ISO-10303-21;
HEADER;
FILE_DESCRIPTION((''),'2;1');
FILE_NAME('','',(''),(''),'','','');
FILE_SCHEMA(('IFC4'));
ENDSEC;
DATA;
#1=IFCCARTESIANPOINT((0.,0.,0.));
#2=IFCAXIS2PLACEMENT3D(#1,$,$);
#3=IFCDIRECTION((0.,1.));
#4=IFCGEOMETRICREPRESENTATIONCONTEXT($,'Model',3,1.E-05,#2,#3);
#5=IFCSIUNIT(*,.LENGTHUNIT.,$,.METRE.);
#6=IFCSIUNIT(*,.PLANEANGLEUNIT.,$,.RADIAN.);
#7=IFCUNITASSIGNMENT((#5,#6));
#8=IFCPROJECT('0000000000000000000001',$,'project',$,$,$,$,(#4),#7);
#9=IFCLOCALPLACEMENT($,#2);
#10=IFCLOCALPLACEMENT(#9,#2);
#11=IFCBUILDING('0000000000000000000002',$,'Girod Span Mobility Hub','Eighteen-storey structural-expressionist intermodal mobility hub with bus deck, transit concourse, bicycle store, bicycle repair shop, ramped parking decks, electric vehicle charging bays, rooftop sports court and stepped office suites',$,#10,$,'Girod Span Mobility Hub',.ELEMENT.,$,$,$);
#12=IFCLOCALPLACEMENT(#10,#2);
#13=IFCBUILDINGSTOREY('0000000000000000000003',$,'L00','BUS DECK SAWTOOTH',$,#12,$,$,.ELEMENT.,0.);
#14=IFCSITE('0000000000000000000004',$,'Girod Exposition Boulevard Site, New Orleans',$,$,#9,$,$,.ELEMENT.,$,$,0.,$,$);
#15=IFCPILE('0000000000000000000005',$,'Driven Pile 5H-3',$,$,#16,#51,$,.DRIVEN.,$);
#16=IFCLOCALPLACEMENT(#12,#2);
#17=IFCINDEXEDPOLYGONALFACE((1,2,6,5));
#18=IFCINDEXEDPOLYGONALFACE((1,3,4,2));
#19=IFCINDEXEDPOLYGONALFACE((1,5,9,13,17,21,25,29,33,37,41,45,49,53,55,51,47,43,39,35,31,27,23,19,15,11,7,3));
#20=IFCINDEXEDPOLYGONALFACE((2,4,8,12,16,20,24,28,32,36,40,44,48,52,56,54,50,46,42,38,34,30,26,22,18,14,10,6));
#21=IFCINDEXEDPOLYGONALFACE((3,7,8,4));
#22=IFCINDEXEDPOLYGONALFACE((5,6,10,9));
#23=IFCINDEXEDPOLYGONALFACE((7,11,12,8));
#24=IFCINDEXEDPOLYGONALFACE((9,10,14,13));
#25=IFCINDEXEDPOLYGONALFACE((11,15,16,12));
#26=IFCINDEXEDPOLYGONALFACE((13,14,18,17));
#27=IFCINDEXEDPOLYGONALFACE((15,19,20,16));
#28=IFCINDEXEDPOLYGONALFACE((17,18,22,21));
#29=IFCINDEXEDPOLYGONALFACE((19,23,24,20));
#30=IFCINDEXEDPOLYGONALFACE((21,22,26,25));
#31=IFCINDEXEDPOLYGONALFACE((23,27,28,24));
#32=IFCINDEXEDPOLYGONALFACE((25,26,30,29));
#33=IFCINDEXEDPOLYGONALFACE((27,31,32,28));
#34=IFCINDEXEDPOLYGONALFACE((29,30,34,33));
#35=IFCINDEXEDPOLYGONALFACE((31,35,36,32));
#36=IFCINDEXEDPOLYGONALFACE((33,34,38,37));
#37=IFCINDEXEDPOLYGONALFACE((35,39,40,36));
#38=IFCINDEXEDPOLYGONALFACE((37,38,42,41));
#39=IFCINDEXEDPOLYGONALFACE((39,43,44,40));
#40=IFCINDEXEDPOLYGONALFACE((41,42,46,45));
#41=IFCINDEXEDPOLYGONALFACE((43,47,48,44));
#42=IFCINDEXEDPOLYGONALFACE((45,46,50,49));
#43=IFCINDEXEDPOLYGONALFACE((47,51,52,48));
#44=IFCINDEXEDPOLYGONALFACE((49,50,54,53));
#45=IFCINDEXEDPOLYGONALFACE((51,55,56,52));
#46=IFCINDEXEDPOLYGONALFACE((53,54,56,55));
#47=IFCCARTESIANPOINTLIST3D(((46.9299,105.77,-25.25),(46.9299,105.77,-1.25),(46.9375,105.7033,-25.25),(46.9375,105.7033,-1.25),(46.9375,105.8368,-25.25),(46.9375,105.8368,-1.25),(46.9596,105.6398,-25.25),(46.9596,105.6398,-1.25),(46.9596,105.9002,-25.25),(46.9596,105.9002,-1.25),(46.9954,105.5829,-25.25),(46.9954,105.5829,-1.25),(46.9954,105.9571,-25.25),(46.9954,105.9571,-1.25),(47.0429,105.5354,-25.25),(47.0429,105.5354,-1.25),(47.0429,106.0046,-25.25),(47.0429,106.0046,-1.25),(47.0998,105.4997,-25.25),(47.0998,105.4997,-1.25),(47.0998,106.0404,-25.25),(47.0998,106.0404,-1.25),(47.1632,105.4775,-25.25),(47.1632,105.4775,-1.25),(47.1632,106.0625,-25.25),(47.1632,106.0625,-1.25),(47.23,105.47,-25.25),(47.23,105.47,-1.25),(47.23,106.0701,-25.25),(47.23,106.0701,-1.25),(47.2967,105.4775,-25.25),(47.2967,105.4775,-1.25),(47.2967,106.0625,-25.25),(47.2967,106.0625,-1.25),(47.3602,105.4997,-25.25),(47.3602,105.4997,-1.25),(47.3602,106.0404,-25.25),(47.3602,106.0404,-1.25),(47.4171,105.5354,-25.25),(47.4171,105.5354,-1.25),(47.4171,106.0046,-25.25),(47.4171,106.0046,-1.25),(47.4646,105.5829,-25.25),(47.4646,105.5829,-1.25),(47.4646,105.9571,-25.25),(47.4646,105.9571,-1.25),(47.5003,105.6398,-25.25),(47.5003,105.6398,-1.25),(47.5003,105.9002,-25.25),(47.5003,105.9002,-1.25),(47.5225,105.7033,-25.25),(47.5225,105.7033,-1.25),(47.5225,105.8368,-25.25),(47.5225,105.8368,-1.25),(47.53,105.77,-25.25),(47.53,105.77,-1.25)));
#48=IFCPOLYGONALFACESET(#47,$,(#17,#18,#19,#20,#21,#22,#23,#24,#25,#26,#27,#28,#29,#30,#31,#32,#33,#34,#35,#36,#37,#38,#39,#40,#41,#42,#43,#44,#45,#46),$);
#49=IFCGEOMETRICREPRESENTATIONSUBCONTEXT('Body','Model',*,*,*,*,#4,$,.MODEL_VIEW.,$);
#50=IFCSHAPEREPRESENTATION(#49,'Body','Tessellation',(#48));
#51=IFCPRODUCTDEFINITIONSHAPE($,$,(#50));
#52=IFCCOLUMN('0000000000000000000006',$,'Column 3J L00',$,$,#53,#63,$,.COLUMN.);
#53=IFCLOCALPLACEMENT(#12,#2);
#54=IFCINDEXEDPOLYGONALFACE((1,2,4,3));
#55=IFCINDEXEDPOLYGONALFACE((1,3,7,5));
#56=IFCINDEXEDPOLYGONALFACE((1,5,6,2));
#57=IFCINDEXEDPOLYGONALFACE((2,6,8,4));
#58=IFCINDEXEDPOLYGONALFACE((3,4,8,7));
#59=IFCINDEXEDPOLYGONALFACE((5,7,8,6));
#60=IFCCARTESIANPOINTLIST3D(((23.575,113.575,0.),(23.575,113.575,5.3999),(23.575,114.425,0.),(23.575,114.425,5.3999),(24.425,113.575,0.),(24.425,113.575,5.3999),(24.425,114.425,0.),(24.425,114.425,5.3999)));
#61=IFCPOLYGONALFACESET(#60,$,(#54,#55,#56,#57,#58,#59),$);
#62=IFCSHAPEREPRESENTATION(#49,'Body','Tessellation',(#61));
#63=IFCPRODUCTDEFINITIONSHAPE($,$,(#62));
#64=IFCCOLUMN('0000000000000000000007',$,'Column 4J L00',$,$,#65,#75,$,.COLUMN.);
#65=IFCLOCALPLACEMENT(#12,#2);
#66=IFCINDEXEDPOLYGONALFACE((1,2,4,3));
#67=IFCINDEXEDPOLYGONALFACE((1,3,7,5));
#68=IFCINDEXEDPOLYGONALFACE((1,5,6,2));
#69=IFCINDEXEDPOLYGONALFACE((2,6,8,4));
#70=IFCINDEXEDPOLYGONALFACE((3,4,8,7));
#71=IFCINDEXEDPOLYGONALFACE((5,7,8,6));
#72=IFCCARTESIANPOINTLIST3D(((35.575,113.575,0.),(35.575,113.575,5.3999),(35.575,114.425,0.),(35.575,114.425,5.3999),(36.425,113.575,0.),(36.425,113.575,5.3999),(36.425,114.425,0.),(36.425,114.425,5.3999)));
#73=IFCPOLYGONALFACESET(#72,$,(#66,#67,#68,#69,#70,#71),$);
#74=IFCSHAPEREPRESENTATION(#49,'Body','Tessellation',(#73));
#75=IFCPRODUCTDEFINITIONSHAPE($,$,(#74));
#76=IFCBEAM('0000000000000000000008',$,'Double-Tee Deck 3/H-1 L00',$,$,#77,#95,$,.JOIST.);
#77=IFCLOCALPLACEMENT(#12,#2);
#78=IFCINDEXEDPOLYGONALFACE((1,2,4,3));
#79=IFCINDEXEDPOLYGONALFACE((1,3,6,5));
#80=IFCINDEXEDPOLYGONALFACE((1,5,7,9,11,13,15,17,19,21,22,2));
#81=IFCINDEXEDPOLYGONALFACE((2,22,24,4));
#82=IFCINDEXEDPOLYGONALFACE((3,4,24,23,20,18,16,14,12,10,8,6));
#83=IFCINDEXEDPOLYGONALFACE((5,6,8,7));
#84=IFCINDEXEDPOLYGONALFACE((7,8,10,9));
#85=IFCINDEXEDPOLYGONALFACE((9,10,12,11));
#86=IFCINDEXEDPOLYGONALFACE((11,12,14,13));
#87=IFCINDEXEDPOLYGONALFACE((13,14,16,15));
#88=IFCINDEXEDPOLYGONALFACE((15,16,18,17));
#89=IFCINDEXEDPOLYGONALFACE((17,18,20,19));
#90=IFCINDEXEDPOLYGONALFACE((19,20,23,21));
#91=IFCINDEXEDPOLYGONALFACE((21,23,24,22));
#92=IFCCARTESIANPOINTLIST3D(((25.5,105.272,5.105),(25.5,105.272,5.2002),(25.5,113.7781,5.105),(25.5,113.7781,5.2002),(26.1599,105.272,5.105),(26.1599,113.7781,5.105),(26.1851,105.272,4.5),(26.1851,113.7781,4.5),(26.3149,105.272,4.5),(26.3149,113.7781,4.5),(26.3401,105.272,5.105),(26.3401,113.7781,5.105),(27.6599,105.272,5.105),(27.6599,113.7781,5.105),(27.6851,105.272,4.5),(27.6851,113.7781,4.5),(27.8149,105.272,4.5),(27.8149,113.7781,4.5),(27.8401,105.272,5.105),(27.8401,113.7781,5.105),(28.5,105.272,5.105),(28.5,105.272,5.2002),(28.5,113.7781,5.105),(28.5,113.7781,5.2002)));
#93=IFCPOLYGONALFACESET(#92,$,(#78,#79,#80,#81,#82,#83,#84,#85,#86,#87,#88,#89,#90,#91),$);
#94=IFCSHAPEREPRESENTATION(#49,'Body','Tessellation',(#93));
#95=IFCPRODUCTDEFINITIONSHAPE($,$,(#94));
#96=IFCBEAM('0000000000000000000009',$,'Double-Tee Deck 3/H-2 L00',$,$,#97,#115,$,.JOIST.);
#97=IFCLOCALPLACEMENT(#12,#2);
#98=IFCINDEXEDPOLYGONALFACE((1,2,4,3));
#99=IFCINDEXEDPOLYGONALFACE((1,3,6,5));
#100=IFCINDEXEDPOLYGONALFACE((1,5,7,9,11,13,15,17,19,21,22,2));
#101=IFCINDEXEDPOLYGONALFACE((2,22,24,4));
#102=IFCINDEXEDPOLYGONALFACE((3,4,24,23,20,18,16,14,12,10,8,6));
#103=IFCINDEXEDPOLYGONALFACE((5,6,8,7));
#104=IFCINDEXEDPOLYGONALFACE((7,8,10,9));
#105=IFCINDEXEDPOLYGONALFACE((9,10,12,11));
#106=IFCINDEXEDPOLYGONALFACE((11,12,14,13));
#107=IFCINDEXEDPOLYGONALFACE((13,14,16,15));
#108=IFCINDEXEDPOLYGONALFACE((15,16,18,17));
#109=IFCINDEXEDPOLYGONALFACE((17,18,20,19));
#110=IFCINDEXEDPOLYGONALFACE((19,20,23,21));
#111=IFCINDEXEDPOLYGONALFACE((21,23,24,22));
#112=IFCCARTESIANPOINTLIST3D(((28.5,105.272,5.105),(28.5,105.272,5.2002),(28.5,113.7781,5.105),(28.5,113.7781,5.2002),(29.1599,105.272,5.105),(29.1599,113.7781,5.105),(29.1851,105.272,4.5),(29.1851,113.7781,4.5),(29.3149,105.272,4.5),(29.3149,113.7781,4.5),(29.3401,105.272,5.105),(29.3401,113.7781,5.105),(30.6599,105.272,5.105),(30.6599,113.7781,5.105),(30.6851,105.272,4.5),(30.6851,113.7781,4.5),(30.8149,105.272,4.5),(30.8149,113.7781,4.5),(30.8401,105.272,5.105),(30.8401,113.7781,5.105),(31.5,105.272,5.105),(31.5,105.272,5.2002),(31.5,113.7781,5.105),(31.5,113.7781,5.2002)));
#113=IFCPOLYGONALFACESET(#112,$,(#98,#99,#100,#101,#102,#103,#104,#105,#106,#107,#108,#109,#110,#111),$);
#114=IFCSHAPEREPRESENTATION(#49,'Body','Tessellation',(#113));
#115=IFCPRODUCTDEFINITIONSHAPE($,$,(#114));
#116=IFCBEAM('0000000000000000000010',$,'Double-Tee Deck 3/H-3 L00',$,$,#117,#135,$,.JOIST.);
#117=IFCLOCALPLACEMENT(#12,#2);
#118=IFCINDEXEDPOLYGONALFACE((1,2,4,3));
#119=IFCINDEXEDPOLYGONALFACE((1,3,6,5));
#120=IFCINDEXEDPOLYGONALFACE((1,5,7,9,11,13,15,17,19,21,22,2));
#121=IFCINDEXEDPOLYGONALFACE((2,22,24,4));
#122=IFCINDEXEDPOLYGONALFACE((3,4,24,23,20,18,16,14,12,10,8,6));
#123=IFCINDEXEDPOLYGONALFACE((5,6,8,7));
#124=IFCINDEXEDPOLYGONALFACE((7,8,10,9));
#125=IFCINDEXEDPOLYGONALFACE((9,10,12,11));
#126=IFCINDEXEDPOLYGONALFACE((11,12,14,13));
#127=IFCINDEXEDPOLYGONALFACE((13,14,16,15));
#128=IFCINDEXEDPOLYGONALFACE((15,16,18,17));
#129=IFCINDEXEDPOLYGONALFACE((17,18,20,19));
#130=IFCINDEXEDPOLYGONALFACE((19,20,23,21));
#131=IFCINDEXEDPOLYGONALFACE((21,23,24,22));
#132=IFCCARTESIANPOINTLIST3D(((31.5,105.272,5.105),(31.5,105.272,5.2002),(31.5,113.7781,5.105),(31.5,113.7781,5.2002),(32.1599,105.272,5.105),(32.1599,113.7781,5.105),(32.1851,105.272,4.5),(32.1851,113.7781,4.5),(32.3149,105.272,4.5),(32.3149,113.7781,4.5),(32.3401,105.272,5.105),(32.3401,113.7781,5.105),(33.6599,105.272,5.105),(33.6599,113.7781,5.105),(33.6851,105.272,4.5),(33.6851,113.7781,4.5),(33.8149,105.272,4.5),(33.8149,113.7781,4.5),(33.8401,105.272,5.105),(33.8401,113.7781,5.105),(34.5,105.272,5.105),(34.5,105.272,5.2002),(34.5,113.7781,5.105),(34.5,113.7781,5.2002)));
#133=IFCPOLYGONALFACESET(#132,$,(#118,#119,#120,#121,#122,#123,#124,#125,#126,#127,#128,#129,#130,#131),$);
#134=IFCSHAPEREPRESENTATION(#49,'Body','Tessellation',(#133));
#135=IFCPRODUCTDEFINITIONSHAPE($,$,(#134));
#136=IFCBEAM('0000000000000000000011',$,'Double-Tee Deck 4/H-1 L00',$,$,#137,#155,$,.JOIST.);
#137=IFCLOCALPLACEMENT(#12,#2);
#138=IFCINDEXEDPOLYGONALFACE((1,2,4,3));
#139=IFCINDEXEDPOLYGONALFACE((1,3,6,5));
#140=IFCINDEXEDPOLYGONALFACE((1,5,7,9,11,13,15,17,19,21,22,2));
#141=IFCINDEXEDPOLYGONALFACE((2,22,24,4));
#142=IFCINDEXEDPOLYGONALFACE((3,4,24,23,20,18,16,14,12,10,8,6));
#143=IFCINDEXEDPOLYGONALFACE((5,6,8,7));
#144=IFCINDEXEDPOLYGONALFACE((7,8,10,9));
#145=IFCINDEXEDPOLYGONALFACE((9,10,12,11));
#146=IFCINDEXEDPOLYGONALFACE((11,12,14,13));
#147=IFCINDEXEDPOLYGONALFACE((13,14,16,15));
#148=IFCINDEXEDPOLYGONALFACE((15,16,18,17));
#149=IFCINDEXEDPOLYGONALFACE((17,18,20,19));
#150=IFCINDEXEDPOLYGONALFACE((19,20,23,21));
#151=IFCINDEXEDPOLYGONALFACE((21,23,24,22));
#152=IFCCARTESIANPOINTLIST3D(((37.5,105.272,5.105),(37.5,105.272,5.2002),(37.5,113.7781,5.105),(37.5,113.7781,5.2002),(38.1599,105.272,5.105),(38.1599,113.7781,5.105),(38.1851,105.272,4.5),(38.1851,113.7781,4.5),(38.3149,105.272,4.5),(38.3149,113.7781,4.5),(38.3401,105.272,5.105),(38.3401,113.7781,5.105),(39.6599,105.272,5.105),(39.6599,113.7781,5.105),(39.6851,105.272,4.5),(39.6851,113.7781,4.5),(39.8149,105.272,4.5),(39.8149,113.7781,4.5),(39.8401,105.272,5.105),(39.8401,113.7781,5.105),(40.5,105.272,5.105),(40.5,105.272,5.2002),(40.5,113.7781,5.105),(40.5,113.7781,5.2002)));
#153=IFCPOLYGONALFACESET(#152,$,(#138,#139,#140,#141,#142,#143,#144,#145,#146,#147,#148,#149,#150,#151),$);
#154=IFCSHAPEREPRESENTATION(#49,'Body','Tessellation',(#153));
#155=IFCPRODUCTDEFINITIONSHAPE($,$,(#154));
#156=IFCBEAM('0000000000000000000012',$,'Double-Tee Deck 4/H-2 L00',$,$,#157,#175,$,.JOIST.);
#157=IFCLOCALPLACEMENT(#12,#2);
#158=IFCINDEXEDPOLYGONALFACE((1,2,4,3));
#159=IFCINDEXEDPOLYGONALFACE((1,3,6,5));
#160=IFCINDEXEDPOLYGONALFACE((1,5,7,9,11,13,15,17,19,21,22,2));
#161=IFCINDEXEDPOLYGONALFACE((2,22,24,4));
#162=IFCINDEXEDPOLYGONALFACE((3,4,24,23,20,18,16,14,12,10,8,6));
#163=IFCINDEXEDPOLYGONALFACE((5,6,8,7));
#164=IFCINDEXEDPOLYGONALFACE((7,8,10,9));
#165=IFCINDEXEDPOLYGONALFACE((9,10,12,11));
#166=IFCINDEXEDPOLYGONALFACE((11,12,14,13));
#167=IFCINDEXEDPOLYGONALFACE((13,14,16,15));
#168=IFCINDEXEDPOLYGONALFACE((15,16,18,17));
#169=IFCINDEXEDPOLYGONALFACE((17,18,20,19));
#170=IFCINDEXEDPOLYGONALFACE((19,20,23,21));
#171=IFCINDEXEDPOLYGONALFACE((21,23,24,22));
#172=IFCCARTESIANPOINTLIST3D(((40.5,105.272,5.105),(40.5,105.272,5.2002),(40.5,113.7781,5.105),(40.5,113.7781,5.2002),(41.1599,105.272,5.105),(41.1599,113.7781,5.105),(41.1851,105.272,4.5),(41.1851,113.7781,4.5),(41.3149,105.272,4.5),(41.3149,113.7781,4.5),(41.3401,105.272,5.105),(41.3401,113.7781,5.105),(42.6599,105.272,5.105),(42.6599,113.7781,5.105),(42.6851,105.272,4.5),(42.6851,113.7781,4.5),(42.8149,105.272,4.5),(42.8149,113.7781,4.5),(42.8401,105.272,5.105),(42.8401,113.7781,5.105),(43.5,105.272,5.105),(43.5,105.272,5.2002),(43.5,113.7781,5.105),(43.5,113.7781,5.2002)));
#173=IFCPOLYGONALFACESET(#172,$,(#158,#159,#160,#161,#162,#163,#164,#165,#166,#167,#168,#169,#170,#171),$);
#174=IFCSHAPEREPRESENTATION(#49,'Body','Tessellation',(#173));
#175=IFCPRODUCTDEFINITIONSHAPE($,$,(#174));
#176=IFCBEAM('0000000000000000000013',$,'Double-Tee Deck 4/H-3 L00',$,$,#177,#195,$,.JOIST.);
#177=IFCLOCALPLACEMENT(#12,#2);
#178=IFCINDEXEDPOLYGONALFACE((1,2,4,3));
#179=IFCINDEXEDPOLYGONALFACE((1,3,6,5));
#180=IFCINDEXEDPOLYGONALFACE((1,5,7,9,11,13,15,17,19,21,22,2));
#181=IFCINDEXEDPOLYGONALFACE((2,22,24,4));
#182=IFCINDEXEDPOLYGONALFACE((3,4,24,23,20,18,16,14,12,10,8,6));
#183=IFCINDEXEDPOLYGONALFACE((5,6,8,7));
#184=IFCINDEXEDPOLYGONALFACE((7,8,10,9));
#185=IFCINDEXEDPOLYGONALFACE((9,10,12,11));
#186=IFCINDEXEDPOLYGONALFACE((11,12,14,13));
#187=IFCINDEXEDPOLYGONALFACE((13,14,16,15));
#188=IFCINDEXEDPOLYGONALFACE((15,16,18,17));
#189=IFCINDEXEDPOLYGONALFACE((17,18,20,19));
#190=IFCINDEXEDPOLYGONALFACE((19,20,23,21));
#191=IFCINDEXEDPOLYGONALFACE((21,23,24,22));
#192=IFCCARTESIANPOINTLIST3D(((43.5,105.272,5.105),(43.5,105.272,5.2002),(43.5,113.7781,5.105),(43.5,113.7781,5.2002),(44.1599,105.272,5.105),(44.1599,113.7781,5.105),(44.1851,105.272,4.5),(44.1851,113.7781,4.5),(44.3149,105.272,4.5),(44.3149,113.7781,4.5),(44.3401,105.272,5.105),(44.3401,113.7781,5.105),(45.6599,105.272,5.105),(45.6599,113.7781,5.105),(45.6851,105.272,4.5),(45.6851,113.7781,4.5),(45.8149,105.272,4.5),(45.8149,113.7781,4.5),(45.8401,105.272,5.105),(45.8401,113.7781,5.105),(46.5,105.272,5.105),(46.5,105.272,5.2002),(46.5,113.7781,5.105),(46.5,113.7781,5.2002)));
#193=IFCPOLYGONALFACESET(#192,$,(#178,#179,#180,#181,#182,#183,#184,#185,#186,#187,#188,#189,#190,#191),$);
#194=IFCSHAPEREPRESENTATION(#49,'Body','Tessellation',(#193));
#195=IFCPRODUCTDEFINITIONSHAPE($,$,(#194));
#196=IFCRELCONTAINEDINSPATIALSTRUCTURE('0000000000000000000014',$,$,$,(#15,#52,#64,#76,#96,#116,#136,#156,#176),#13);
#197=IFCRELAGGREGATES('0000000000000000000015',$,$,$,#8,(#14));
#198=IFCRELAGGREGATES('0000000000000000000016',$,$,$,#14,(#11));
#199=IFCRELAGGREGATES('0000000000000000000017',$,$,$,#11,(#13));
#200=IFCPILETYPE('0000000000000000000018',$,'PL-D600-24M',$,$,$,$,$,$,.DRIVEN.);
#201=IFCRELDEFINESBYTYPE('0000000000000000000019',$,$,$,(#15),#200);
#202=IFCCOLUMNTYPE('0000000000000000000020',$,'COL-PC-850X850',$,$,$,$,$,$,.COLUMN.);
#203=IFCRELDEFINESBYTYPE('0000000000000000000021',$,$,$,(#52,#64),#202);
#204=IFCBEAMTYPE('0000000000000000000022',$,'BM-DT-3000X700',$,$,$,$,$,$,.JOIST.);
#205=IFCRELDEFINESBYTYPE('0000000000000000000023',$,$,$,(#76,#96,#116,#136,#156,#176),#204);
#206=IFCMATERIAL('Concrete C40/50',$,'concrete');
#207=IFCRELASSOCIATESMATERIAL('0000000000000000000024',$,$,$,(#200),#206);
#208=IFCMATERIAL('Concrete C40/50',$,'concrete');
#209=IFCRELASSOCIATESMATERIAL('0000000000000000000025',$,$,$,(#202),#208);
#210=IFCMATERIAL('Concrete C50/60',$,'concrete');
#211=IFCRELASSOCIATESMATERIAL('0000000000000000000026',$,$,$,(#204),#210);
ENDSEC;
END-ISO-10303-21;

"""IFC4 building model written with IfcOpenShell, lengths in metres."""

from ifc_helpers import new_model, si_unit, direction, frame, origin, origin_2d, place, context, subcontext, project, spatial, polyline, rectangle, circle, outline, extrude, material, material_profile, profile_set, type_object, element, save


model = new_model("IFC4")

# Units and contexts
model_context = context("Model", 3, precision=1e-05, world=origin(), true_north=direction((0.0, 1.0)))
body_context = subcontext(model_context, "Body", "Model", "MODEL_VIEW")
ifc_project = project(units=[si_unit("LENGTHUNIT", "METRE"), si_unit("PLANEANGLEUNIT", "RADIAN")], contexts=[model_context])

# Site, building, storey
site_placement = place(None, origin())
site = spatial("IfcSite", under=ifc_project, at=site_placement, Name="Girod Exposition Boulevard Site, New Orleans", CompositionType="ELEMENT", RefElevation=0.0)
building_placement = place(site_placement, origin())
building = spatial("IfcBuilding", under=site, at=building_placement, Name="Girod Span Mobility Hub", Description="Eighteen-storey structural-expressionist intermodal mobility hub with bus deck, transit concourse, bicycle store, bicycle repair shop, ramped parking decks, electric vehicle charging bays, rooftop sports court and stepped office suites", LongName="Girod Span Mobility Hub", CompositionType="ELEMENT")
storey_placement = place(building_placement, origin())
storey = spatial("IfcBuildingStorey", under=building, at=storey_placement, Name="L00", Description="BUS DECK SAWTOOTH", CompositionType="ELEMENT", Elevation=0.0)

# Pile
ifc_material_1 = material(Name="Concrete C40/50", Category="concrete")
ifc_material_profile_1 = material_profile(ifc_material_1, circle(Radius=0.3, at=origin_2d()), Name="PILE-D600")
ifc_profile_set_1 = profile_set([ifc_material_profile_1], Name="Concrete C40/50")
pile_type_1 = type_object("IfcPileType", Name="PL-D600-24M", PredefinedType="DRIVEN", material=ifc_profile_set_1)
for number, where, z_axis, x_axis, name in (
    (1, (47.23, 105.77, -1.25), (0.0, 0.0, -1.0), (1.0, 0.0, 0.0), "Driven Pile 5H-3"),
):
    element("IfcPile", number, at=place(storey_placement, frame(where, z_axis=z_axis, x_axis=x_axis)), inside=storey, type_object=pile_type_1, Name=name, PredefinedType="DRIVEN", context=body_context, shape_type="SweptSolid", body=[
        extrude(circle(Radius=0.3, at=origin_2d()), origin(), (0.0, 0.0, 1.0), 24.0),
    ])

# Columns
ifc_material_2 = material(Name="Concrete C40/50", Category="concrete")
ifc_material_profile_2 = material_profile(ifc_material_2, rectangle(XDim=0.8501, YDim=0.8501, at=origin_2d()), Name="PC-COL-850X850")
ifc_profile_set_2 = profile_set([ifc_material_profile_2], Name="Concrete C40/50")
column_type = type_object("IfcColumnType", Name="COL-PC-850X850", PredefinedType="COLUMN", material=ifc_profile_set_2)
for number, where, z_axis, x_axis, name in (
    (2, (24.0, 114.0, 0.0), (0.0, 0.0, 1.0), (1.0, 0.0, 0.0), "Column 3J L00"),
    (3, (36.0, 114.0, 0.0), (0.0, 0.0, 1.0), (1.0, 0.0, 0.0), "Column 4J L00"),
):
    element("IfcColumn", number, at=place(storey_placement, frame(where, z_axis=z_axis, x_axis=x_axis)), inside=storey, type_object=column_type, Name=name, PredefinedType="COLUMN", context=body_context, shape_type="SweptSolid", body=[
        extrude(rectangle(XDim=0.8501, YDim=0.8501, at=origin_2d()), origin(), (0.0, 0.0, 1.0), 5.3999),
    ])

# Beams
ifc_material_3 = material(Name="Concrete C50/60", Category="concrete")
ifc_material_profile_3 = material_profile(ifc_material_3, outline(polyline([(-1.5, 0.3501), (-1.5, 0.2549), (-0.8401, 0.2549), (-0.8149, -0.3501), (-0.6851, -0.3501), (-0.6599, 0.2549), (0.6599, 0.2549), (0.6851, -0.3501), (0.8149, -0.3501), (0.8401, 0.2549), (1.5, 0.2549), (1.5, 0.3501), (-1.5, 0.3501)])), Name="DT-3000X700")
ifc_profile_set_3 = profile_set([ifc_material_profile_3], Name="Concrete C50/60")
beam_type_1 = type_object("IfcBeamType", Name="BM-DT-3000X700", PredefinedType="JOIST", material=ifc_profile_set_3)
for number, where, z_axis, x_axis, name in (
    (4, (27.0, 105.272, 4.8501), (0.0, 1.0, 0.0), (-1.0, 0.0, 0.0), "Double-Tee Deck 3/H-1 L00"),
    (5, (30.0, 105.272, 4.8501), (0.0, 1.0, 0.0), (-1.0, 0.0, 0.0), "Double-Tee Deck 3/H-2 L00"),
    (6, (33.0, 105.272, 4.8501), (0.0, 1.0, 0.0), (-1.0, 0.0, 0.0), "Double-Tee Deck 3/H-3 L00"),
    (7, (39.0, 105.272, 4.8501), (0.0, 1.0, 0.0), (-1.0, 0.0, 0.0), "Double-Tee Deck 4/H-1 L00"),
    (8, (42.0, 105.272, 4.8501), (0.0, 1.0, 0.0), (-1.0, 0.0, 0.0), "Double-Tee Deck 4/H-2 L00"),
    (9, (45.0, 105.272, 4.8501), (0.0, 1.0, 0.0), (-1.0, 0.0, 0.0), "Double-Tee Deck 4/H-3 L00"),
):
    element("IfcBeam", number, at=place(storey_placement, frame(where, z_axis=z_axis, x_axis=x_axis)), inside=storey, type_object=beam_type_1, Name=name, PredefinedType="JOIST", context=body_context, shape_type="SweptSolid", body=[
        extrude(outline(polyline([(-1.5, 0.3501), (-1.5, 0.2549), (-0.8401, 0.2549), (-0.8149, -0.3501), (-0.6851, -0.3501), (-0.6599, 0.2549), (0.6599, 0.2549), (0.6851, -0.3501), (0.8149, -0.3501), (0.8401, 0.2549), (1.5, 0.2549), (1.5, 0.3501), (-1.5, 0.3501)])), origin(), (0.0, 0.0, 1.0), 8.5061),
    ])

save(model, "model.ifc")
